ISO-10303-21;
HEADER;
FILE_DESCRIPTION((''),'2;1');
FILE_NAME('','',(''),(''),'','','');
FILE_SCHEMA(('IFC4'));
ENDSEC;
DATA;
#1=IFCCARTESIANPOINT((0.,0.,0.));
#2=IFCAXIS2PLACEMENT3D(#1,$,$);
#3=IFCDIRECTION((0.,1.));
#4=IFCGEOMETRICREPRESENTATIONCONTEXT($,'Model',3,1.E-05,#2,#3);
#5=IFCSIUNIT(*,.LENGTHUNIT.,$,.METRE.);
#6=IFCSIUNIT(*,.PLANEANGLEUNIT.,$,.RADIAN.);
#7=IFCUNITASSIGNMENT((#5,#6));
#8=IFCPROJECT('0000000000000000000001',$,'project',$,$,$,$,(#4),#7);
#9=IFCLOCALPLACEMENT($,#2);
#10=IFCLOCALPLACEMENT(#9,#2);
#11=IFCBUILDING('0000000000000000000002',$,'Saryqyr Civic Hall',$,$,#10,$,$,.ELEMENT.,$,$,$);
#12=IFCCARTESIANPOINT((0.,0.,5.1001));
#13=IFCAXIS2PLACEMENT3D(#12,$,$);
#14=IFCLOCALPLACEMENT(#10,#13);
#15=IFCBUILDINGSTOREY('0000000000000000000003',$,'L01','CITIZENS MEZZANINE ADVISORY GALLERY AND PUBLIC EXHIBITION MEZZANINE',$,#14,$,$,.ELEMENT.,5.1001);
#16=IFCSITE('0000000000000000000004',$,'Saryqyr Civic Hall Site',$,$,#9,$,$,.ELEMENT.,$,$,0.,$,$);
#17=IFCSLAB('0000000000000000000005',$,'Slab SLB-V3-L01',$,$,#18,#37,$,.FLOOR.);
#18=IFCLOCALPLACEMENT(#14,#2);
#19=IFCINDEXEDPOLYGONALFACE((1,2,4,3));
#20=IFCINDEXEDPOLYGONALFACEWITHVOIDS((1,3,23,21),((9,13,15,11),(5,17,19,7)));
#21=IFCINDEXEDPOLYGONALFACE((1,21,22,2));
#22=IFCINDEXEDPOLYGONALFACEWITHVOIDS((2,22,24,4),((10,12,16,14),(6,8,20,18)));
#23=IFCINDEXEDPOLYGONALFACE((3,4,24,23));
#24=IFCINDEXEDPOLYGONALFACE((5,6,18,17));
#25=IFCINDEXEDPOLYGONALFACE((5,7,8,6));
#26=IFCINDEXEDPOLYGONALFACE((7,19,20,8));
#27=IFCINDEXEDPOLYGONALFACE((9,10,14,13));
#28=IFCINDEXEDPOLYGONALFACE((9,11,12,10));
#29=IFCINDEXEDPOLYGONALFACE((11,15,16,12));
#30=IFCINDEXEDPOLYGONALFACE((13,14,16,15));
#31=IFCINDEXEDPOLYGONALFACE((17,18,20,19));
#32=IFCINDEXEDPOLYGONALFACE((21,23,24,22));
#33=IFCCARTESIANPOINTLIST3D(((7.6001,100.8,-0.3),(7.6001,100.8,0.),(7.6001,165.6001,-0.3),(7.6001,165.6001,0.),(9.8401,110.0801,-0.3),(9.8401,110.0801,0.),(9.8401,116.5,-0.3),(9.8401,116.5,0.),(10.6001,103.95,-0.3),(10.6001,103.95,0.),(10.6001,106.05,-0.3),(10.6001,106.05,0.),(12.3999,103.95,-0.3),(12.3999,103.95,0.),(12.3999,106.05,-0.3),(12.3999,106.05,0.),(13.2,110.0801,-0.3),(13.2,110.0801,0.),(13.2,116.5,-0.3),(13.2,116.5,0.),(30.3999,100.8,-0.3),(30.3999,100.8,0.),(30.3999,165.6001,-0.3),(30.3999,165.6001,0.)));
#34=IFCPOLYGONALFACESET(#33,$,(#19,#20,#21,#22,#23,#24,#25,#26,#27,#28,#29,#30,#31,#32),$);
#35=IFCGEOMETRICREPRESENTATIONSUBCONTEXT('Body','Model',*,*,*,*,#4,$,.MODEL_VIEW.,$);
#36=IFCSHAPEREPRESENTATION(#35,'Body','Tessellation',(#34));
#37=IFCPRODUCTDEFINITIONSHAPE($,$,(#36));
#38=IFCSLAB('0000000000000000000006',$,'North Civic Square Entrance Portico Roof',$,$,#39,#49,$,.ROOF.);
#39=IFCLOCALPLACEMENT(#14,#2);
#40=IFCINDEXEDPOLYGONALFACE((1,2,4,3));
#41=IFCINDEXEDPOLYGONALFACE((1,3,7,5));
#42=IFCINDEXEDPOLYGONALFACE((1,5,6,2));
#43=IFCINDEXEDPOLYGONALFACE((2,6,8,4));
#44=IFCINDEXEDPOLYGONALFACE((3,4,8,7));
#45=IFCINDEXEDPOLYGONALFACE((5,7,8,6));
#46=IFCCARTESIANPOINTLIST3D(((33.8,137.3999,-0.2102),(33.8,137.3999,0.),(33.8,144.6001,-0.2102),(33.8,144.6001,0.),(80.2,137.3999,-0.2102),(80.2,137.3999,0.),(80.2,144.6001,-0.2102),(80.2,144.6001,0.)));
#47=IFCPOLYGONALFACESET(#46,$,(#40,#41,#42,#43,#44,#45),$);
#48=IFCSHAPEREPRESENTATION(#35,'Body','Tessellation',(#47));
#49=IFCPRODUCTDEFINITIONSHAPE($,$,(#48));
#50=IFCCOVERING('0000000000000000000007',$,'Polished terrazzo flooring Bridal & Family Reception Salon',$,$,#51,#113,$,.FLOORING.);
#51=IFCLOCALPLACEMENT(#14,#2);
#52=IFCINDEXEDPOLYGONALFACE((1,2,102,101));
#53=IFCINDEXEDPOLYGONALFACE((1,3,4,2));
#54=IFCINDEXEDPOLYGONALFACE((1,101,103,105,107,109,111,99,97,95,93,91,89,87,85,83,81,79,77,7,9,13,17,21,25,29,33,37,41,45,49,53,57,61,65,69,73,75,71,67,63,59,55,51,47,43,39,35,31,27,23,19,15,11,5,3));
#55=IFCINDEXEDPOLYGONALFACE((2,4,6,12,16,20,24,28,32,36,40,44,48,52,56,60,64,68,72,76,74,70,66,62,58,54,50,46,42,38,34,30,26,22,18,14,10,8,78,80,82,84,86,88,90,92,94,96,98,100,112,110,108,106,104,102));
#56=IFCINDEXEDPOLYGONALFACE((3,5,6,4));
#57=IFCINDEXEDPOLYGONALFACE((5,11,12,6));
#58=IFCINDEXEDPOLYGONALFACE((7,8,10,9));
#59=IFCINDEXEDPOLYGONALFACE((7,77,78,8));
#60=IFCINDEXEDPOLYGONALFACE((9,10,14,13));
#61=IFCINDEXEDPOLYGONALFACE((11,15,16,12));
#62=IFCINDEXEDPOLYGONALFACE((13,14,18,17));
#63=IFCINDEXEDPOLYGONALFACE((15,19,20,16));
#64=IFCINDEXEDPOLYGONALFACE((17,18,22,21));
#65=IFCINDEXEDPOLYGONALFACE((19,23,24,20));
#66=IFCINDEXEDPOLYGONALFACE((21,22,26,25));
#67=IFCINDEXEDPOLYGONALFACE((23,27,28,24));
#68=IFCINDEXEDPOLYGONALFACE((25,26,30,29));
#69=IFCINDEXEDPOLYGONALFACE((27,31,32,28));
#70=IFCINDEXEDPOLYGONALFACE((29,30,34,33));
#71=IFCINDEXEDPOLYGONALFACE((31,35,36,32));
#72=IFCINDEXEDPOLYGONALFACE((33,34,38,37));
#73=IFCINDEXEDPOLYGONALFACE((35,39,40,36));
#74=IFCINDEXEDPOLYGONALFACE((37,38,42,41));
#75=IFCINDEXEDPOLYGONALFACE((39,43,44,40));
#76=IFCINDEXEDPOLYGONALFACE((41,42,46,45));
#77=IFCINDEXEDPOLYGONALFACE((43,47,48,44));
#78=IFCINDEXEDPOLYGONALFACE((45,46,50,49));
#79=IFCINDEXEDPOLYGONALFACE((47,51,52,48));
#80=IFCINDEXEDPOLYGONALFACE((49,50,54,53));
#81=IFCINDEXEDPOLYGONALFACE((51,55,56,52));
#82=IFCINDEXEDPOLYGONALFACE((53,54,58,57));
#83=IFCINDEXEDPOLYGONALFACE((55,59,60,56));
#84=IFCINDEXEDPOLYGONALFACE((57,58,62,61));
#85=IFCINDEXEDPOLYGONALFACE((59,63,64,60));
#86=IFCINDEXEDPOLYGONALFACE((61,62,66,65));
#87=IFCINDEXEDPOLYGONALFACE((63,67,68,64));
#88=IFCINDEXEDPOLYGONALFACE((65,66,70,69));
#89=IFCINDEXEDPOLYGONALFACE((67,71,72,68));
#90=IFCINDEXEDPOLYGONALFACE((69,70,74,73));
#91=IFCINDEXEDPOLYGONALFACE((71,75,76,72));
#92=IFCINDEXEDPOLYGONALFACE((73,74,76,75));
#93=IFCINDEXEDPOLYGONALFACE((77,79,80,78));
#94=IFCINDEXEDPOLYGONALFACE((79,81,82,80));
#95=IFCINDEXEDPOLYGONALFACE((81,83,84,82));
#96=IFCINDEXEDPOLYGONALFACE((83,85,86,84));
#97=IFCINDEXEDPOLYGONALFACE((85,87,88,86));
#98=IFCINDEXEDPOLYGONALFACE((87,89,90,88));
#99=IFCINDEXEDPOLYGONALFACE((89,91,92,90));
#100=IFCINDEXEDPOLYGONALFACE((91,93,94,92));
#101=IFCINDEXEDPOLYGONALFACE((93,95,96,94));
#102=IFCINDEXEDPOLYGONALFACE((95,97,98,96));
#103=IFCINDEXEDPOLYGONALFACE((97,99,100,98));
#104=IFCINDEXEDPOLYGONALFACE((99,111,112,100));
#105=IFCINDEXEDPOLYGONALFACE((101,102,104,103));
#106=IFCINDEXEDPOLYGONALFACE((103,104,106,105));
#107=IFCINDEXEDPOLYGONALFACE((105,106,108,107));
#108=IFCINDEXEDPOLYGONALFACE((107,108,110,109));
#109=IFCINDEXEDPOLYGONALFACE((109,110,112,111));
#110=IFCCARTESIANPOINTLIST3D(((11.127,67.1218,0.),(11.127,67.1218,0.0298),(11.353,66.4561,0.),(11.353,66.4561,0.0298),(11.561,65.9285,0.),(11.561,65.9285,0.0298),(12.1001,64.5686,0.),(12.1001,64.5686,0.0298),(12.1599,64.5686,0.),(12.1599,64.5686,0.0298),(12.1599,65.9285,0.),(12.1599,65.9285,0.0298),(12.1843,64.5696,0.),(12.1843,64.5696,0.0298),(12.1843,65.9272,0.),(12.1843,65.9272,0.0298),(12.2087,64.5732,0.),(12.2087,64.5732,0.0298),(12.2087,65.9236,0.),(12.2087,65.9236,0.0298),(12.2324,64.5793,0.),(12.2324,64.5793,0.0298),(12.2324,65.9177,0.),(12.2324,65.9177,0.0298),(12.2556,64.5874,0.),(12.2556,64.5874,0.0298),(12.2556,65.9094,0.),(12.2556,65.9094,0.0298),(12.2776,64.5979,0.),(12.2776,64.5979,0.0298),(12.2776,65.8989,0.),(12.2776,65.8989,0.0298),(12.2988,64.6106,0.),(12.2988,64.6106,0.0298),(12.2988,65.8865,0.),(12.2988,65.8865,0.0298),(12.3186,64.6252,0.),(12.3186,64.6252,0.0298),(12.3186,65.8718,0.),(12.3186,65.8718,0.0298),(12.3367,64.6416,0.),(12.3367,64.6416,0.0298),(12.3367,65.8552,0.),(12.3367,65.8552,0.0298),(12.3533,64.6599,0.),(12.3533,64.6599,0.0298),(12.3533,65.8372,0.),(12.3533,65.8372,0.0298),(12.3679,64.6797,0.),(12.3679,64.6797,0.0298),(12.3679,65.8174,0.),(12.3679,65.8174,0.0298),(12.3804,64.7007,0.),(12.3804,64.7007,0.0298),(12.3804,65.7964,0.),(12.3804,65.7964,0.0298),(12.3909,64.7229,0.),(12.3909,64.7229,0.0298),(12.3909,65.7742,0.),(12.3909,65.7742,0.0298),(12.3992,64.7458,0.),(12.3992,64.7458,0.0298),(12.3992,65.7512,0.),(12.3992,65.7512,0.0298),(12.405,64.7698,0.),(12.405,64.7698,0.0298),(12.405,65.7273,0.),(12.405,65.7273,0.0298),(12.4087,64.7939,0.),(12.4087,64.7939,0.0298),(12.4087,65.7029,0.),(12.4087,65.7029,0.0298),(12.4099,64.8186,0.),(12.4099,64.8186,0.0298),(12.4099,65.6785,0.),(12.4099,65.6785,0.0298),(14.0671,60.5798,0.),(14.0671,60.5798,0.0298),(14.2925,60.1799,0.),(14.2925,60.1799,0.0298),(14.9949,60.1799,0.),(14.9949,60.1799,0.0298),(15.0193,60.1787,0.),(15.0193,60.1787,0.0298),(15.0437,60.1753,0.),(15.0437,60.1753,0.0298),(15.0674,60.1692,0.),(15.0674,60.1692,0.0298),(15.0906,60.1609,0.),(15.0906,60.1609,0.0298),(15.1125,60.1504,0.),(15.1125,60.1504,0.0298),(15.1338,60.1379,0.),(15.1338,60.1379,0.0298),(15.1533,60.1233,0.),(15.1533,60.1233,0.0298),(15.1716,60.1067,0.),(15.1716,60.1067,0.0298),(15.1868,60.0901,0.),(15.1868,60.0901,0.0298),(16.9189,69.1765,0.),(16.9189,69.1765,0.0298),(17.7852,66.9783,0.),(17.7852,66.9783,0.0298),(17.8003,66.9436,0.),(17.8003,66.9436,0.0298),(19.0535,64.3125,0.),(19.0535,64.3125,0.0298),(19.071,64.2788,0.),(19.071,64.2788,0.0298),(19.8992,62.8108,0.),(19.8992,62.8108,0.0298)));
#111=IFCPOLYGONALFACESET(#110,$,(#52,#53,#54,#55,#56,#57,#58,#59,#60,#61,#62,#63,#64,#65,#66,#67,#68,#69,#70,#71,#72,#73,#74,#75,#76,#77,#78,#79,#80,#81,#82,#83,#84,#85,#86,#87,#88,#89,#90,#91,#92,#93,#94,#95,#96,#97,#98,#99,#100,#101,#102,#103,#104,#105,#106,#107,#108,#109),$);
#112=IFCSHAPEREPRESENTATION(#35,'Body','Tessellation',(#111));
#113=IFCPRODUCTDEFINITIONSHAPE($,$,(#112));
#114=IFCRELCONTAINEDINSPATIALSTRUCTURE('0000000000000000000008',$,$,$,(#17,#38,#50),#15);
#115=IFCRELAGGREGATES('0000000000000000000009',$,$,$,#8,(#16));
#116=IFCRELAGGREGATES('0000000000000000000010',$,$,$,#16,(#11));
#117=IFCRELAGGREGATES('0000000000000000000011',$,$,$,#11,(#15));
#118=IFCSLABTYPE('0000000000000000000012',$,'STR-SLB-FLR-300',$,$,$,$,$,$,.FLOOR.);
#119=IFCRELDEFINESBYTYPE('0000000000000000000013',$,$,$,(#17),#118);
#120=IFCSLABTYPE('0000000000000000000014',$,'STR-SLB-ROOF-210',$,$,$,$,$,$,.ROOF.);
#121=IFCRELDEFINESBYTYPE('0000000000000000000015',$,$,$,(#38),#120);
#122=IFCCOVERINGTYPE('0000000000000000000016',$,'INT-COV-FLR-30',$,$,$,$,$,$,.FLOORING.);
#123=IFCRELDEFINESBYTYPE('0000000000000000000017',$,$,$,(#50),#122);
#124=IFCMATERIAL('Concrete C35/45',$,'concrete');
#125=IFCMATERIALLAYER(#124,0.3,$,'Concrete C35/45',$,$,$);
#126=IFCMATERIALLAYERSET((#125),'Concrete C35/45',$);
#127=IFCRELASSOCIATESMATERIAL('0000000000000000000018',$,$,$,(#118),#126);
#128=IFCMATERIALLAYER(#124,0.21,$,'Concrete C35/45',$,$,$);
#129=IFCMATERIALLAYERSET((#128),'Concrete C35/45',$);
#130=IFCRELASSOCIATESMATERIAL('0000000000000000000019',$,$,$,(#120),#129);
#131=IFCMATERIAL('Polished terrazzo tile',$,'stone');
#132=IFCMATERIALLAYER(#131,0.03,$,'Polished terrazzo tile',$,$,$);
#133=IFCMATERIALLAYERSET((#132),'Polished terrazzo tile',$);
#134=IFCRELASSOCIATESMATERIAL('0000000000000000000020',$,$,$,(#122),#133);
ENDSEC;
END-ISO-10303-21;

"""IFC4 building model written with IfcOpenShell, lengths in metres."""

from ifc_helpers import new_model, si_unit, direction, frame, origin, place, context, subcontext, project, spatial, polyline, outline, extrude, material, layer, layer_set, type_object, element, save


model = new_model("IFC4")

# Units and contexts
model_context = context("Model", 3, precision=1e-05, world=origin(), true_north=direction((0.0, 1.0)))
body_context = subcontext(model_context, "Body", "Model", "MODEL_VIEW")
ifc_project = project(units=[si_unit("LENGTHUNIT", "METRE"), si_unit("PLANEANGLEUNIT", "RADIAN")], contexts=[model_context])

# Site, building, storey
site_placement = place(None, origin())
site = spatial("IfcSite", under=ifc_project, at=site_placement, Name="Saryqyr Civic Hall Site", CompositionType="ELEMENT", RefElevation=0.0)
building_placement = place(site_placement, origin())
building = spatial("IfcBuilding", under=site, at=building_placement, Name="Saryqyr Civic Hall", CompositionType="ELEMENT")
storey_placement = place(building_placement, frame((0.0, 0.0, 5.1001)))
storey = spatial("IfcBuildingStorey", under=building, at=storey_placement, Name="L01", Description="CITIZENS MEZZANINE ADVISORY GALLERY AND PUBLIC EXHIBITION MEZZANINE", CompositionType="ELEMENT", Elevation=5.1001)

# Slabs
ifc_material_1 = material(Name="Concrete C35/45", Category="concrete")
ifc_layer_1 = layer(ifc_material_1, 0.3, Name="Concrete C35/45")
ifc_layer_set_1 = layer_set([ifc_layer_1], Name="Concrete C35/45")
slab_type_1 = type_object("IfcSlabType", Name="STR-SLB-FLR-300", PredefinedType="FLOOR", material=ifc_layer_set_1)
slab_1_placement = place(storey_placement, frame((0.0, 0.0, -0.3)))
element("IfcSlab", 1, at=slab_1_placement, inside=storey, type_object=slab_type_1, Name="Slab SLB-V3-L01", PredefinedType="FLOOR", context=body_context, shape_type="SweptSolid", body=[
    extrude(outline(polyline([(30.3999, 165.6001), (30.3999, 100.8), (7.6001, 100.8), (7.6001, 165.6001), (30.3999, 165.6001)]), holes=[polyline([(12.3999, 103.95), (12.3999, 106.05), (10.6001, 106.05), (10.6001, 103.95), (12.3999, 103.95)]), polyline([(13.2, 116.5), (9.8401, 116.5), (9.8401, 110.0801), (13.2, 110.0801), (13.2, 116.5)])]), origin(), (0.0, 0.0, 1.0), 0.3),
])
ifc_layer_2 = layer(ifc_material_1, 0.21, Name="Concrete C35/45")
ifc_layer_set_2 = layer_set([ifc_layer_2], Name="Concrete C35/45")
slab_type_2 = type_object("IfcSlabType", Name="STR-SLB-ROOF-210", PredefinedType="ROOF", material=ifc_layer_set_2)
slab_2_placement = place(storey_placement, frame((0.0, 0.0, -0.2102)))
element("IfcSlab", 2, at=slab_2_placement, inside=storey, type_object=slab_type_2, Name="North Civic Square Entrance Portico Roof", PredefinedType="ROOF", context=body_context, shape_type="SweptSolid", body=[
    extrude(outline(polyline([(33.8, 137.3999), (80.2, 137.3999), (80.2, 144.6001), (33.8, 144.6001), (33.8, 137.3999)])), origin(), (0.0, 0.0, 1.0), 0.2102),
])

# Covering
ifc_material_2 = material(Name="Polished terrazzo tile", Category="stone")
ifc_layer_3 = layer(ifc_material_2, 0.03, Name="Polished terrazzo tile")
ifc_layer_set_3 = layer_set([ifc_layer_3], Name="Polished terrazzo tile")
covering_type = type_object("IfcCoveringType", Name="INT-COV-FLR-30", PredefinedType="FLOORING", material=ifc_layer_set_3)
covering_1_placement = place(storey_placement, origin())
element("IfcCovering", 3, at=covering_1_placement, inside=storey, type_object=covering_type, Name="Polished terrazzo flooring Bridal & Family Reception Salon", PredefinedType="FLOORING", context=body_context, shape_type="SweptSolid", body=[
    extrude(outline(polyline([(17.8003, 66.9436), (19.0535, 64.3125), (19.071, 64.2788), (19.8992, 62.8108), (15.1868, 60.0901), (15.1716, 60.1067), (15.1533, 60.1233), (15.1338, 60.1379), (15.1125, 60.1504), (15.0906, 60.1609), (15.0674, 60.1692), (15.0437, 60.1753), (15.0193, 60.1787), (14.9949, 60.1799), (14.2925, 60.1799), (14.0671, 60.5798), (12.1001, 64.5686), (12.1599, 64.5686), (12.1843, 64.5696), (12.2087, 64.5732), (12.2324, 64.5793), (12.2556, 64.5874), (12.2776, 64.5979), (12.2988, 64.6106), (12.3186, 64.6252), (12.3367, 64.6416), (12.3533, 64.6599), (12.3679, 64.6797), (12.3804, 64.7007), (12.3909, 64.7229), (12.3992, 64.7458), (12.405, 64.7698), (12.4087, 64.7939), (12.4099, 64.8186), (12.4099, 65.6785), (12.4087, 65.7029), (12.405, 65.7273), (12.3992, 65.7512), (12.3909, 65.7742), (12.3804, 65.7964), (12.3679, 65.8174), (12.3533, 65.8372), (12.3367, 65.8552), (12.3186, 65.8718), (12.2988, 65.8865), (12.2776, 65.8989), (12.2556, 65.9094), (12.2324, 65.9177), (12.2087, 65.9236), (12.1843, 65.9272), (12.1599, 65.9285), (11.561, 65.9285), (11.353, 66.4561), (11.127, 67.1218), (16.9189, 69.1765), (17.7852, 66.9783), (17.8003, 66.9436)])), origin(), (0.0, 0.0, 1.0), 0.0298),
])

save(model, "model.ifc")
